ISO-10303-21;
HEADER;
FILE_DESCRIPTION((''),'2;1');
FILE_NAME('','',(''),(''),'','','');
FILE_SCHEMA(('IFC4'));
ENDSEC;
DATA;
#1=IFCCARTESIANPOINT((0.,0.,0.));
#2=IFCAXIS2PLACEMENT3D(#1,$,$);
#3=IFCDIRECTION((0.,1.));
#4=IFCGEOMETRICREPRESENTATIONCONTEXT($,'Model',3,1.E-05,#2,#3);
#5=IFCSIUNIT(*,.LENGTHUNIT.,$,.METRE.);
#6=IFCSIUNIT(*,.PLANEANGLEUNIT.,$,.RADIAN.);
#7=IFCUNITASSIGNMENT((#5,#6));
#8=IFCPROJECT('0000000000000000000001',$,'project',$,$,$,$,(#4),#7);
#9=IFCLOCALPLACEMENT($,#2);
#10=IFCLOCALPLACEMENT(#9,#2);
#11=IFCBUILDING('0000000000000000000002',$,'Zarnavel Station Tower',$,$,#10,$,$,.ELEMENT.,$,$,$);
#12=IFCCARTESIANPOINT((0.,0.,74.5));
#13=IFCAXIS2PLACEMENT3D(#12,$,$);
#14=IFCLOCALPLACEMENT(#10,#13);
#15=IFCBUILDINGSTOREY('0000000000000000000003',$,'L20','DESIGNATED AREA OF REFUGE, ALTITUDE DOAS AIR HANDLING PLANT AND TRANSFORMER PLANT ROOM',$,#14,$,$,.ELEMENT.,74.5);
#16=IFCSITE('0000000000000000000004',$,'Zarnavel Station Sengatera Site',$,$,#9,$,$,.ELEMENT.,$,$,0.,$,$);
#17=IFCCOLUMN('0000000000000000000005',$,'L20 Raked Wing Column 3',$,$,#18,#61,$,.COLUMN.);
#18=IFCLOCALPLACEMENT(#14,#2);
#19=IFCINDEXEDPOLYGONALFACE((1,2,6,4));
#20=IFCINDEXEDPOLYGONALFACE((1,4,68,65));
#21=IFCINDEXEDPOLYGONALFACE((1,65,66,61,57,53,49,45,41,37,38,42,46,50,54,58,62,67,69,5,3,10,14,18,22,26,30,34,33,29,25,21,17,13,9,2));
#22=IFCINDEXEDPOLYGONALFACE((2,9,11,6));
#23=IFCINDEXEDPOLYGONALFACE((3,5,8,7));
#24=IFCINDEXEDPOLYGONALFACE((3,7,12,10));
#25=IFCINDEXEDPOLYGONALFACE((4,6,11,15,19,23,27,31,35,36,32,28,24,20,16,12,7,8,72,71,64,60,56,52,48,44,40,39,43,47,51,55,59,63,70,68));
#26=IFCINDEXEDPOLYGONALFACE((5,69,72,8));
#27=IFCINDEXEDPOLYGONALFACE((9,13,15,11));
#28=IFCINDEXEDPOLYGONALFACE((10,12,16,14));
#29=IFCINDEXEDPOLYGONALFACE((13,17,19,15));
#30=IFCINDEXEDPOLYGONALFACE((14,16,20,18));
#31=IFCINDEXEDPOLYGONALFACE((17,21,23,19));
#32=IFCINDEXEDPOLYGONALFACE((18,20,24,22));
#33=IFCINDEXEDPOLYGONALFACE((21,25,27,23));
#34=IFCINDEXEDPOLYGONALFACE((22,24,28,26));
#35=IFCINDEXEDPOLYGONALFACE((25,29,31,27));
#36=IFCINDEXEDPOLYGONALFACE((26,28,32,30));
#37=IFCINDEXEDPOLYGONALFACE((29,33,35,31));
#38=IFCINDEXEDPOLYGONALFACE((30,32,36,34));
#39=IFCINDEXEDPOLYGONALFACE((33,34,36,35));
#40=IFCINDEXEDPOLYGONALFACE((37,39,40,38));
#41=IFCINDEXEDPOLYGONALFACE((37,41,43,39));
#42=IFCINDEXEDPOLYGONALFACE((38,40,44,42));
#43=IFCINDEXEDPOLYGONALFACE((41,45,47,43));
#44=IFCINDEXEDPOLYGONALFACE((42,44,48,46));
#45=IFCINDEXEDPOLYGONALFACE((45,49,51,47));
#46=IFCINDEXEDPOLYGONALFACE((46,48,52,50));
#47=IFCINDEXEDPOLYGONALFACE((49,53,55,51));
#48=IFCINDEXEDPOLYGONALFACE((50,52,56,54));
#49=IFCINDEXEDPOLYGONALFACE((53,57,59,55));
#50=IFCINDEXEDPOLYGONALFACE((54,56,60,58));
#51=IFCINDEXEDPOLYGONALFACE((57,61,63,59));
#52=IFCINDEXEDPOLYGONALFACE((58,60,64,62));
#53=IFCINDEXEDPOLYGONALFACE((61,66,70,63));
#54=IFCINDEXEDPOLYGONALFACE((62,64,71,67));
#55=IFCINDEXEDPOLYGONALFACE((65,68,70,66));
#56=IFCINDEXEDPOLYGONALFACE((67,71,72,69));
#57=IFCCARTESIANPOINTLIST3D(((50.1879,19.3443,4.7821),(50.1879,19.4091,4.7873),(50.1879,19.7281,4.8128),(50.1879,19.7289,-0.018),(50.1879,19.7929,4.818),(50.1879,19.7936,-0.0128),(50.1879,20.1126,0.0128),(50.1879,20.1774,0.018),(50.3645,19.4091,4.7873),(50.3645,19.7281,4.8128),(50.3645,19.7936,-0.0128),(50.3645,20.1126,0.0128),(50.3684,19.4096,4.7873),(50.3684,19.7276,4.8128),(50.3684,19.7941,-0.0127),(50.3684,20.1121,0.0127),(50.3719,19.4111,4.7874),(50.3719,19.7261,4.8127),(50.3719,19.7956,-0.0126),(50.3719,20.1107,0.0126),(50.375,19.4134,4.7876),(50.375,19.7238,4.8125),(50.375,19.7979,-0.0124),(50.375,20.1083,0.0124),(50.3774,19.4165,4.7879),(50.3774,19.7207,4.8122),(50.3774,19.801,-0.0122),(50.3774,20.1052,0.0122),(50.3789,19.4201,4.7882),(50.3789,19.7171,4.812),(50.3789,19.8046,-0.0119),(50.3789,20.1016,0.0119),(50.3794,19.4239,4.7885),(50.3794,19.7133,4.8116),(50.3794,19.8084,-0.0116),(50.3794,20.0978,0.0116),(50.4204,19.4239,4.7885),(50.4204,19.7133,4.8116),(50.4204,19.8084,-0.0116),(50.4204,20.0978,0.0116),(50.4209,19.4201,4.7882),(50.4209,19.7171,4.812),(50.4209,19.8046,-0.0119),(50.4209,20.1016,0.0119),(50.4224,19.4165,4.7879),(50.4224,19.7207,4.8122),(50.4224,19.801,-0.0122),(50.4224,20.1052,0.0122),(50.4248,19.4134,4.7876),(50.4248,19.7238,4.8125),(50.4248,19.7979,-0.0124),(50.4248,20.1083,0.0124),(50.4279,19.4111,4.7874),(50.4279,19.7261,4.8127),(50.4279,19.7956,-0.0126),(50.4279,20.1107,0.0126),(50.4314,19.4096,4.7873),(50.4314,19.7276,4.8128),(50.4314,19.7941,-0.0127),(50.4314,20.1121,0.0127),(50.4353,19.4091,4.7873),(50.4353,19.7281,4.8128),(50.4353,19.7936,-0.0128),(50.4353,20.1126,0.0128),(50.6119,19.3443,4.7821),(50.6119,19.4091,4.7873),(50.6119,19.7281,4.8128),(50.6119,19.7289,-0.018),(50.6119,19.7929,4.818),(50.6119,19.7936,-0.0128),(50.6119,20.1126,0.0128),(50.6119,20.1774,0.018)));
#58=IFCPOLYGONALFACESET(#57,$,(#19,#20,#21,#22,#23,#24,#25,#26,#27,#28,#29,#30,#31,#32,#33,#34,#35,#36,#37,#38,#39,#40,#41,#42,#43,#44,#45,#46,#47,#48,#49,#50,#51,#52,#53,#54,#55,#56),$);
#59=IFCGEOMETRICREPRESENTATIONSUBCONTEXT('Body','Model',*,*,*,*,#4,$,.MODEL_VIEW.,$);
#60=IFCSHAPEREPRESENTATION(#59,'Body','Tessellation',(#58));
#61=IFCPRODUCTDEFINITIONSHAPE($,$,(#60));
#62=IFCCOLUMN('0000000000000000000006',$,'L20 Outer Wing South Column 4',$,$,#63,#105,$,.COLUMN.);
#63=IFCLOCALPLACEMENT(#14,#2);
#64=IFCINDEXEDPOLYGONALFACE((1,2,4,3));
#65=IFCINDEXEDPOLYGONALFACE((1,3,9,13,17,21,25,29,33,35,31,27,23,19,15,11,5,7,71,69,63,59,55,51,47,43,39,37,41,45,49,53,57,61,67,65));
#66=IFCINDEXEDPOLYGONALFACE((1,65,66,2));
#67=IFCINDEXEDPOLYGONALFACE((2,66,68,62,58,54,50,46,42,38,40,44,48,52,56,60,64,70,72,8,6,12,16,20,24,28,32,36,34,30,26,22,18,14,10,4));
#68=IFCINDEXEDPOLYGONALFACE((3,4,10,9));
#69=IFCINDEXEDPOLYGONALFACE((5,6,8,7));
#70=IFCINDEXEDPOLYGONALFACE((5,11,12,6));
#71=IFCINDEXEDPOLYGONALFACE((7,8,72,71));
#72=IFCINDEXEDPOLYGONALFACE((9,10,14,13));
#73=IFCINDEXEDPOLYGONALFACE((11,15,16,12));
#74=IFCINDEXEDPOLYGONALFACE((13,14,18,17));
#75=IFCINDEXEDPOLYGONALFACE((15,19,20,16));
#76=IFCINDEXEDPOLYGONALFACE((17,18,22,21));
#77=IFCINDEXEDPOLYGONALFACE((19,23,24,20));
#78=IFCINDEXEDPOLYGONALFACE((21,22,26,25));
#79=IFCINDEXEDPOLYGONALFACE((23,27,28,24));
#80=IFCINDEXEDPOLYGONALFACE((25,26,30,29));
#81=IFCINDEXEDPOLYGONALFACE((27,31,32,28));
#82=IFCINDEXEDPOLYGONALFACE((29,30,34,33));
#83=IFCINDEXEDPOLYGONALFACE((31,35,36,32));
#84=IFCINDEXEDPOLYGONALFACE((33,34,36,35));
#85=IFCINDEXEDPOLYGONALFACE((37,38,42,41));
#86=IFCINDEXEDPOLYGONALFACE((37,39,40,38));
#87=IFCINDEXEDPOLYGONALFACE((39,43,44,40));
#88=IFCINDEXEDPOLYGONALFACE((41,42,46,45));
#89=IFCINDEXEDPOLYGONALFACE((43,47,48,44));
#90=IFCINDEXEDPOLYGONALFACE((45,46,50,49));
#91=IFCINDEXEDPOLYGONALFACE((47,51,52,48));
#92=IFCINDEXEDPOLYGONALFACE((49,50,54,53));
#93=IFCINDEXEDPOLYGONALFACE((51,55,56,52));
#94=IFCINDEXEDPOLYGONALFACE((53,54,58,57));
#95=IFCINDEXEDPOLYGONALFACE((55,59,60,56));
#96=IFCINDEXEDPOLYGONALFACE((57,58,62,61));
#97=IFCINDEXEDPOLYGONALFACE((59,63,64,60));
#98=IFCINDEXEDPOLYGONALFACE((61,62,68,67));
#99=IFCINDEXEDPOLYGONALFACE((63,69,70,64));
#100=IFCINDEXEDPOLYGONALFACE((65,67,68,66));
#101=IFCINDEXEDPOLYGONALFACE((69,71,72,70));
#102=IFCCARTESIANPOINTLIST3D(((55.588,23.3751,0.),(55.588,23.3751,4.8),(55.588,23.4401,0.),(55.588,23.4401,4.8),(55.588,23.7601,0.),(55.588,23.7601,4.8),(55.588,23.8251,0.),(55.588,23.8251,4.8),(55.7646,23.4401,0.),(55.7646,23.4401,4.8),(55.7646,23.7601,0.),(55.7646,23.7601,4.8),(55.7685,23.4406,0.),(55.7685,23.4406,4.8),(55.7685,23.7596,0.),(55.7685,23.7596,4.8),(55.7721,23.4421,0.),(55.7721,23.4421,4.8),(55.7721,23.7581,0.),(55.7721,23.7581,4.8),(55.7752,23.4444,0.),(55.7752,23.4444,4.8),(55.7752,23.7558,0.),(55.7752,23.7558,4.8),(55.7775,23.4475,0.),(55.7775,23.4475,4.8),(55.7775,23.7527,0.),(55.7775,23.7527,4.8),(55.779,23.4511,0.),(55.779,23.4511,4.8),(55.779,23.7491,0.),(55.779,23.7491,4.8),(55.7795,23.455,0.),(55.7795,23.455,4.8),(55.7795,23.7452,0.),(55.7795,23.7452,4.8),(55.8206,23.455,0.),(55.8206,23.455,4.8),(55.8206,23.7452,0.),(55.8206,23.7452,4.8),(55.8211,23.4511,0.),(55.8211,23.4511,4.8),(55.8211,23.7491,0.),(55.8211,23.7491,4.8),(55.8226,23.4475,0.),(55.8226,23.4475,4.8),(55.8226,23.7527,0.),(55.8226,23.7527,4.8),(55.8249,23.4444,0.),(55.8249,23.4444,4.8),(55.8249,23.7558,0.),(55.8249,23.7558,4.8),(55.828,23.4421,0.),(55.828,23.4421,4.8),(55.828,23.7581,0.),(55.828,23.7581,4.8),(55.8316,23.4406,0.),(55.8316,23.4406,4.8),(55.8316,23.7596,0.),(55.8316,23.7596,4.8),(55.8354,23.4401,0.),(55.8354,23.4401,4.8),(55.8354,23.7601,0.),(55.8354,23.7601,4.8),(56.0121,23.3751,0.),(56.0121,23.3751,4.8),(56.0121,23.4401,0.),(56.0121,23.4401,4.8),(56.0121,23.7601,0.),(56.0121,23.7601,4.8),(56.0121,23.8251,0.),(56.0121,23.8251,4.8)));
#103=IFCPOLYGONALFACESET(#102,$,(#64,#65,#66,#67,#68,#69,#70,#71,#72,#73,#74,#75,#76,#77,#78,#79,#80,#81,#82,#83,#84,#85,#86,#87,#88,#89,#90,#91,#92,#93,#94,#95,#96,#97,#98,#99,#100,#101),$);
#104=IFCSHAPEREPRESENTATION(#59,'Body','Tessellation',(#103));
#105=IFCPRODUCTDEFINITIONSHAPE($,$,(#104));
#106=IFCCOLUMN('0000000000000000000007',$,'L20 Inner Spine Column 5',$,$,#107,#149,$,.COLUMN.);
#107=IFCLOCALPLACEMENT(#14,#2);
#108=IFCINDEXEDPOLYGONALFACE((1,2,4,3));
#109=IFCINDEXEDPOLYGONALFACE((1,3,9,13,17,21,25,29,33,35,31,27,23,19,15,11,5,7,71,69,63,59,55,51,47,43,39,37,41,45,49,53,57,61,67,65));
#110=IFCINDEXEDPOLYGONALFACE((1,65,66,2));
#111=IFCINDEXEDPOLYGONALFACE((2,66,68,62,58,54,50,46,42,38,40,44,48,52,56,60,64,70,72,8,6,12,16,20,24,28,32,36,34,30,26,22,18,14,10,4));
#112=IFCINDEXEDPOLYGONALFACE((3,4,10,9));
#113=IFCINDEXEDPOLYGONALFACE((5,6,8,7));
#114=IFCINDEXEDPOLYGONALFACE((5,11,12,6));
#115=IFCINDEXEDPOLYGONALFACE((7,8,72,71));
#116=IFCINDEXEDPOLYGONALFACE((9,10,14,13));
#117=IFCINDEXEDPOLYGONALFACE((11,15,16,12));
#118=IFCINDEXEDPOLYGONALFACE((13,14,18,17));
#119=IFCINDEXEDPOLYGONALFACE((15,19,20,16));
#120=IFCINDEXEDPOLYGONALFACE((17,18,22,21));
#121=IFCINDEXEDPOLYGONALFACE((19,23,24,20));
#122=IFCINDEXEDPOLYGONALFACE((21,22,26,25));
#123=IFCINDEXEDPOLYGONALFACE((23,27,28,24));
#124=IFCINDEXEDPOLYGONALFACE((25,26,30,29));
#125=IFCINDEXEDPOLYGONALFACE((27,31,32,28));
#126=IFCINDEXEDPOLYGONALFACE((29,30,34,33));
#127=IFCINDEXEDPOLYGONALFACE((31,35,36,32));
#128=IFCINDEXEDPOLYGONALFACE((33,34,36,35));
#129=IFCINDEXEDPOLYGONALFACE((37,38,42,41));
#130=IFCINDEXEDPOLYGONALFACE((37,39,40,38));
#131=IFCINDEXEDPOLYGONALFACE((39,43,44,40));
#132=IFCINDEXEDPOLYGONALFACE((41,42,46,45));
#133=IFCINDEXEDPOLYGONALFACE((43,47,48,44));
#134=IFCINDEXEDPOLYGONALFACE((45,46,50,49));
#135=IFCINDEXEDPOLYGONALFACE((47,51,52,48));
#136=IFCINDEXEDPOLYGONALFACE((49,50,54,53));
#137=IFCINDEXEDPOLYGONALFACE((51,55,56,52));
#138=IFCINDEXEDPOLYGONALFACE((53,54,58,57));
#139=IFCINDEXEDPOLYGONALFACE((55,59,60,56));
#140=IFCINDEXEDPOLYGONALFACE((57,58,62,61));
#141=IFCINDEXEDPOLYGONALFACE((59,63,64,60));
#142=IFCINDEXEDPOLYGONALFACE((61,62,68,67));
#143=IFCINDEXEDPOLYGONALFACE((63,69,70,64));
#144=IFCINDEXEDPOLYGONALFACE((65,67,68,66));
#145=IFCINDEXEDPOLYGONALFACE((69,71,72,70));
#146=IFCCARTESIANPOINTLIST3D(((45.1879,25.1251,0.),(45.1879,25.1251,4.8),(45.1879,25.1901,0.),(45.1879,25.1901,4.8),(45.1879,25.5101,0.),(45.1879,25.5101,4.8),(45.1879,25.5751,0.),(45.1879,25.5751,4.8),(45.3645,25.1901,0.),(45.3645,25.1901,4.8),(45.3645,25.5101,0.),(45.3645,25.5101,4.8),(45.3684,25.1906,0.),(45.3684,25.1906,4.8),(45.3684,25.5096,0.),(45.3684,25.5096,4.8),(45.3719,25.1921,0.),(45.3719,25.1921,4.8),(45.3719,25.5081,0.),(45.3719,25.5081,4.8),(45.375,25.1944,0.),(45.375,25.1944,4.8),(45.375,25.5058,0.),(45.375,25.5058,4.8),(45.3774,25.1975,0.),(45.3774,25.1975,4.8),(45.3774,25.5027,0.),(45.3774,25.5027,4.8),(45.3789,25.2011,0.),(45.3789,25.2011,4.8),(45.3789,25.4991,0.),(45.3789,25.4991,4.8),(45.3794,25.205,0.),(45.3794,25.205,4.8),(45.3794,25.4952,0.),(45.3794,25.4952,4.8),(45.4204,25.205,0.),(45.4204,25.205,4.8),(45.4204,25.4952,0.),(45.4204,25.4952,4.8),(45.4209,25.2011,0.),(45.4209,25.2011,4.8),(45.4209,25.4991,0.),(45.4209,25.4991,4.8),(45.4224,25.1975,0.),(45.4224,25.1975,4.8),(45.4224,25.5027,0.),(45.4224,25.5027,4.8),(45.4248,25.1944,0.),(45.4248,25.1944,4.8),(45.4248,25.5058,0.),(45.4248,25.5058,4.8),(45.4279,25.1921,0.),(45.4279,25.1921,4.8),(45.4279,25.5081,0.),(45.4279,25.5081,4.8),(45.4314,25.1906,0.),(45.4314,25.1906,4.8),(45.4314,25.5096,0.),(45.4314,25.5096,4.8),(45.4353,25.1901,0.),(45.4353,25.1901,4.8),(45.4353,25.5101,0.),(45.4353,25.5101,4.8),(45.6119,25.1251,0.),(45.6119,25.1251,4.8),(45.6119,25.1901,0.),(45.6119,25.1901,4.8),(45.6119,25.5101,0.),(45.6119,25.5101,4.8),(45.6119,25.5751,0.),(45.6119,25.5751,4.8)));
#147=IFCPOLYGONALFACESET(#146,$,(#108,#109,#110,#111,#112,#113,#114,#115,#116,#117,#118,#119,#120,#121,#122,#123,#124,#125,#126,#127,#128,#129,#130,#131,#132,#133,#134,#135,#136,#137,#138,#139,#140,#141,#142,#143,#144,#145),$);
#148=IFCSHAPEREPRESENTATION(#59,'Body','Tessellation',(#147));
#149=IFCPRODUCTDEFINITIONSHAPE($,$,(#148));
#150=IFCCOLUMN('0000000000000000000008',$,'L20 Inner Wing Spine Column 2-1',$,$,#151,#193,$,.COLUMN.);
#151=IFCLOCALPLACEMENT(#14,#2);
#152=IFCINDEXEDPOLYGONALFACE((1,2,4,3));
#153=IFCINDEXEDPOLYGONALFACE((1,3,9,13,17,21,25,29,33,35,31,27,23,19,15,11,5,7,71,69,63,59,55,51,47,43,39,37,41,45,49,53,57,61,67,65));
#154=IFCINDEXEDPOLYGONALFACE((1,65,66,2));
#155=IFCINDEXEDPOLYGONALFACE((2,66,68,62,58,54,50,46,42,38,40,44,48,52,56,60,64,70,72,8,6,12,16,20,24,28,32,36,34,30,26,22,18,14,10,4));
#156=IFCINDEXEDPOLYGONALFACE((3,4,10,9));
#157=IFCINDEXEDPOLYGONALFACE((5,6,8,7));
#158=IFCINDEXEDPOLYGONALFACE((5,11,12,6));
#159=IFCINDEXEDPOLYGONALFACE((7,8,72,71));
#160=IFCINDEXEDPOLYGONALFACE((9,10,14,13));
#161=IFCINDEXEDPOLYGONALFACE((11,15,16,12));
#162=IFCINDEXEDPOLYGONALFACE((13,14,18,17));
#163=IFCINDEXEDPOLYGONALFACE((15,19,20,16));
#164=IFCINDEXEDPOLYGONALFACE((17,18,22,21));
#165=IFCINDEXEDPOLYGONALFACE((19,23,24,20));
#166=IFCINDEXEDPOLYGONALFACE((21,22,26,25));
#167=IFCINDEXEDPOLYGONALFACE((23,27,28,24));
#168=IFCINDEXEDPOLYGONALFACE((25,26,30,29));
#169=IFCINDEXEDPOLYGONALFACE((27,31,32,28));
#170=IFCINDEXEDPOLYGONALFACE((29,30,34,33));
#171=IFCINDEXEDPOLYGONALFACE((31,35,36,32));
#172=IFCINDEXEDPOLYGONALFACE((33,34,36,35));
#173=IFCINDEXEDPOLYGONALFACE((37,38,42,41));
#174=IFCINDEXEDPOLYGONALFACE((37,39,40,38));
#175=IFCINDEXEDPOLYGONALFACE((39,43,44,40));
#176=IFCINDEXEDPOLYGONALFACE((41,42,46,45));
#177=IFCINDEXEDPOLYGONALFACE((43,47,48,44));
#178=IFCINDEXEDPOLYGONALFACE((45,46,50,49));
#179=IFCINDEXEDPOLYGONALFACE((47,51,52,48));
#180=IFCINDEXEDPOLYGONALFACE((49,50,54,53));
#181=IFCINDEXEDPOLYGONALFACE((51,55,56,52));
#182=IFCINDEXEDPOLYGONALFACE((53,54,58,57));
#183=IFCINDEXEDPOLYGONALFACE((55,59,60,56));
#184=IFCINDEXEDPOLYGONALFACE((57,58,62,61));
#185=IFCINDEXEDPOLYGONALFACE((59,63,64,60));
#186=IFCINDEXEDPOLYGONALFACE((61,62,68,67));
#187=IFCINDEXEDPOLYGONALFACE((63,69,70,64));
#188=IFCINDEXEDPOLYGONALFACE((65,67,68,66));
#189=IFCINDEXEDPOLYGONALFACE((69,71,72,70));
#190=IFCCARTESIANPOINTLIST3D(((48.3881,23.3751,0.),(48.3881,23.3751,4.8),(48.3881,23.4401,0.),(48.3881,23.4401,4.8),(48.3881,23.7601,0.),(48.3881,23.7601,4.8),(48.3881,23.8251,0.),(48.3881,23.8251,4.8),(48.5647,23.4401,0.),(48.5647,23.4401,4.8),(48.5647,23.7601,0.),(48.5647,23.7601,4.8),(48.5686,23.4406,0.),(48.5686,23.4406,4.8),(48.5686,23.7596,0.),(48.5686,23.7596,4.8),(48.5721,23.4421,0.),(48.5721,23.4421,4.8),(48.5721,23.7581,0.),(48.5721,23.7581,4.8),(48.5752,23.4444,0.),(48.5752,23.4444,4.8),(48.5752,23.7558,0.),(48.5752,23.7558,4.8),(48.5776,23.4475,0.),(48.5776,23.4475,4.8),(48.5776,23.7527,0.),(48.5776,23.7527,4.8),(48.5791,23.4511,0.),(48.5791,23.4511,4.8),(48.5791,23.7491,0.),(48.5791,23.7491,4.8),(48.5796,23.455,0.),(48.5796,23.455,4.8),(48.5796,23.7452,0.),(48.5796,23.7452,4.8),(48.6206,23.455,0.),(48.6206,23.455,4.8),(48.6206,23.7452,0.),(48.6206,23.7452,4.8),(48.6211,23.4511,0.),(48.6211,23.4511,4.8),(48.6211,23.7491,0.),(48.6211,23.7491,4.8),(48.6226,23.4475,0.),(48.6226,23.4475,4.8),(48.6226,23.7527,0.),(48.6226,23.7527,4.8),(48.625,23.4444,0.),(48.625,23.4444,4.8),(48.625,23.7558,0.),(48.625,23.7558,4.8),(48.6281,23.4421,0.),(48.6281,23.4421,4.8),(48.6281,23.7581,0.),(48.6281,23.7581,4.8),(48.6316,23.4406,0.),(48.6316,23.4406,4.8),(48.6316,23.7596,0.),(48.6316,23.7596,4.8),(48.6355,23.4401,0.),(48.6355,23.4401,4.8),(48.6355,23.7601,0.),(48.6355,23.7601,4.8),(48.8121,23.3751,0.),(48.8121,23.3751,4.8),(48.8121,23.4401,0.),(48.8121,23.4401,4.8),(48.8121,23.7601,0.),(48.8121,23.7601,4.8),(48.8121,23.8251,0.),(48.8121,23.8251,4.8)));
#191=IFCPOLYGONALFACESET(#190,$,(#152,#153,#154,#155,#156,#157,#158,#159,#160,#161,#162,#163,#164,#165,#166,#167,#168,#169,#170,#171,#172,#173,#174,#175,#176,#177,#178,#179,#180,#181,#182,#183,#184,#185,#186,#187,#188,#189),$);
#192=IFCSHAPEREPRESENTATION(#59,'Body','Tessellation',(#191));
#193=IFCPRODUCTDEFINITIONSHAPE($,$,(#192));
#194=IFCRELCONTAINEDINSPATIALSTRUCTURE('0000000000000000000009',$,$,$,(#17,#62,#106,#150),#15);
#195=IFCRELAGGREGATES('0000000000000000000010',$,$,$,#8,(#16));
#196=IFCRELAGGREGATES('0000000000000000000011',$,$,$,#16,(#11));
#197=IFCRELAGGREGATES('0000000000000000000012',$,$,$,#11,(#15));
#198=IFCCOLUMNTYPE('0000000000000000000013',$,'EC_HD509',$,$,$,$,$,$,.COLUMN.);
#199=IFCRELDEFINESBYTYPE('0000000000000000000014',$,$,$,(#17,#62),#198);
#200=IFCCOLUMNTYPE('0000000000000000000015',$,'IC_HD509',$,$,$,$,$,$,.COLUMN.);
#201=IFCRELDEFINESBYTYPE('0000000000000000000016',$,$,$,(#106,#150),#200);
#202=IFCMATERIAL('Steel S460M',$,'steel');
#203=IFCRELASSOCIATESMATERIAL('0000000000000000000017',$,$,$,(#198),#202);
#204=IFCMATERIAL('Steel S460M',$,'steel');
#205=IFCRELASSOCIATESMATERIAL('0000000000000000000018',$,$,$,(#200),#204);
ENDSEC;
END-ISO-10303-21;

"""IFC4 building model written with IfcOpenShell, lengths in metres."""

from ifc_helpers import new_model, si_unit, direction, frame, origin, origin_2d, place, context, subcontext, project, spatial, i_section, extrude, material, material_profile, profile_set, type_object, element, save


model = new_model("IFC4")

# Units and contexts
model_context = context("Model", 3, precision=1e-05, world=origin(), true_north=direction((0.0, 1.0)))
body_context = subcontext(model_context, "Body", "Model", "MODEL_VIEW")
ifc_project = project(units=[si_unit("LENGTHUNIT", "METRE"), si_unit("PLANEANGLEUNIT", "RADIAN")], contexts=[model_context])

# Site, building, storey
site_placement = place(None, origin())
site = spatial("IfcSite", under=ifc_project, at=site_placement, Name="Zarnavel Station Sengatera Site", CompositionType="ELEMENT", RefElevation=0.0)
building_placement = place(site_placement, origin())
building = spatial("IfcBuilding", under=site, at=building_placement, Name="Zarnavel Station Tower", CompositionType="ELEMENT")
storey_placement = place(building_placement, frame((0.0, 0.0, 74.5)))
storey = spatial("IfcBuildingStorey", under=building, at=storey_placement, Name="L20", Description="DESIGNATED AREA OF REFUGE, ALTITUDE DOAS AIR HANDLING PLANT AND TRANSFORMER PLANT ROOM", CompositionType="ELEMENT", Elevation=74.5)

# Columns
ifc_material_1 = material(Name="Steel S460M", Category="steel")
ifc_material_profile_1 = material_profile(ifc_material_1, i_section(OverallWidth=0.4241, OverallDepth=0.45, WebThickness=0.041, FlangeThickness=0.0649, FilletRadius=0.0149, at=origin_2d()), Name="HD400x509")
ifc_profile_set_1 = profile_set([ifc_material_profile_1], Name="Steel S460M")
column_type_1 = type_object("IfcColumnType", Name="EC_HD509", PredefinedType="COLUMN", material=ifc_profile_set_1)
column_1_placement = place(storey_placement, frame((50.3999, 19.9531, 0.0), z_axis=(0.0, -0.079852, 0.996807), x_axis=(1.0, 0.0, 0.0)))
element("IfcColumn", 1, at=column_1_placement, inside=storey, type_object=column_type_1, Name="L20 Raked Wing Column 3", PredefinedType="COLUMN", context=body_context, shape_type="SweptSolid", body=[
    extrude(i_section(OverallWidth=0.4241, OverallDepth=0.45, WebThickness=0.041, FlangeThickness=0.0649, FilletRadius=0.0149, at=origin_2d()), origin(), (0.0, 0.0, 1.0), 4.8154),
])
column_2_placement = place(storey_placement, frame((55.8, 23.6001, 0.0), z_axis=(0.0, 0.0, 1.0), x_axis=(1.0, 0.0, 0.0)))
element("IfcColumn", 2, at=column_2_placement, inside=storey, type_object=column_type_1, Name="L20 Outer Wing South Column 4", PredefinedType="COLUMN", context=body_context, shape_type="SweptSolid", body=[
    extrude(i_section(OverallWidth=0.4241, OverallDepth=0.45, WebThickness=0.041, FlangeThickness=0.0649, FilletRadius=0.0149, at=origin_2d()), origin(), (0.0, 0.0, 1.0), 4.8),
])
ifc_material_2 = material(Name="Steel S460M", Category="steel")
ifc_material_profile_2 = material_profile(ifc_material_2, i_section(OverallWidth=0.4241, OverallDepth=0.45, WebThickness=0.041, FlangeThickness=0.0649, FilletRadius=0.0149, at=origin_2d()), Name="HD400x509")
ifc_profile_set_2 = profile_set([ifc_material_profile_2], Name="Steel S460M")
column_type_2 = type_object("IfcColumnType", Name="IC_HD509", PredefinedType="COLUMN", material=ifc_profile_set_2)
for number, where, z_axis, x_axis, name in (
    (3, (45.3999, 25.3501, 0.0), (0.0, 0.0, 1.0), (1.0, 0.0, 0.0), "L20 Inner Spine Column 5"),
    (4, (48.6001, 23.6001, 0.0), (0.0, 0.0, 1.0), (1.0, 0.0, 0.0), "L20 Inner Wing Spine Column 2-1"),
):
    element("IfcColumn", number, at=place(storey_placement, frame(where, z_axis=z_axis, x_axis=x_axis)), inside=storey, type_object=column_type_2, Name=name, PredefinedType="COLUMN", context=body_context, shape_type="SweptSolid", body=[
        extrude(i_section(OverallWidth=0.4241, OverallDepth=0.45, WebThickness=0.041, FlangeThickness=0.0649, FilletRadius=0.0149, at=origin_2d()), origin(), (0.0, 0.0, 1.0), 4.8),
    ])

save(model, "model.ifc")
